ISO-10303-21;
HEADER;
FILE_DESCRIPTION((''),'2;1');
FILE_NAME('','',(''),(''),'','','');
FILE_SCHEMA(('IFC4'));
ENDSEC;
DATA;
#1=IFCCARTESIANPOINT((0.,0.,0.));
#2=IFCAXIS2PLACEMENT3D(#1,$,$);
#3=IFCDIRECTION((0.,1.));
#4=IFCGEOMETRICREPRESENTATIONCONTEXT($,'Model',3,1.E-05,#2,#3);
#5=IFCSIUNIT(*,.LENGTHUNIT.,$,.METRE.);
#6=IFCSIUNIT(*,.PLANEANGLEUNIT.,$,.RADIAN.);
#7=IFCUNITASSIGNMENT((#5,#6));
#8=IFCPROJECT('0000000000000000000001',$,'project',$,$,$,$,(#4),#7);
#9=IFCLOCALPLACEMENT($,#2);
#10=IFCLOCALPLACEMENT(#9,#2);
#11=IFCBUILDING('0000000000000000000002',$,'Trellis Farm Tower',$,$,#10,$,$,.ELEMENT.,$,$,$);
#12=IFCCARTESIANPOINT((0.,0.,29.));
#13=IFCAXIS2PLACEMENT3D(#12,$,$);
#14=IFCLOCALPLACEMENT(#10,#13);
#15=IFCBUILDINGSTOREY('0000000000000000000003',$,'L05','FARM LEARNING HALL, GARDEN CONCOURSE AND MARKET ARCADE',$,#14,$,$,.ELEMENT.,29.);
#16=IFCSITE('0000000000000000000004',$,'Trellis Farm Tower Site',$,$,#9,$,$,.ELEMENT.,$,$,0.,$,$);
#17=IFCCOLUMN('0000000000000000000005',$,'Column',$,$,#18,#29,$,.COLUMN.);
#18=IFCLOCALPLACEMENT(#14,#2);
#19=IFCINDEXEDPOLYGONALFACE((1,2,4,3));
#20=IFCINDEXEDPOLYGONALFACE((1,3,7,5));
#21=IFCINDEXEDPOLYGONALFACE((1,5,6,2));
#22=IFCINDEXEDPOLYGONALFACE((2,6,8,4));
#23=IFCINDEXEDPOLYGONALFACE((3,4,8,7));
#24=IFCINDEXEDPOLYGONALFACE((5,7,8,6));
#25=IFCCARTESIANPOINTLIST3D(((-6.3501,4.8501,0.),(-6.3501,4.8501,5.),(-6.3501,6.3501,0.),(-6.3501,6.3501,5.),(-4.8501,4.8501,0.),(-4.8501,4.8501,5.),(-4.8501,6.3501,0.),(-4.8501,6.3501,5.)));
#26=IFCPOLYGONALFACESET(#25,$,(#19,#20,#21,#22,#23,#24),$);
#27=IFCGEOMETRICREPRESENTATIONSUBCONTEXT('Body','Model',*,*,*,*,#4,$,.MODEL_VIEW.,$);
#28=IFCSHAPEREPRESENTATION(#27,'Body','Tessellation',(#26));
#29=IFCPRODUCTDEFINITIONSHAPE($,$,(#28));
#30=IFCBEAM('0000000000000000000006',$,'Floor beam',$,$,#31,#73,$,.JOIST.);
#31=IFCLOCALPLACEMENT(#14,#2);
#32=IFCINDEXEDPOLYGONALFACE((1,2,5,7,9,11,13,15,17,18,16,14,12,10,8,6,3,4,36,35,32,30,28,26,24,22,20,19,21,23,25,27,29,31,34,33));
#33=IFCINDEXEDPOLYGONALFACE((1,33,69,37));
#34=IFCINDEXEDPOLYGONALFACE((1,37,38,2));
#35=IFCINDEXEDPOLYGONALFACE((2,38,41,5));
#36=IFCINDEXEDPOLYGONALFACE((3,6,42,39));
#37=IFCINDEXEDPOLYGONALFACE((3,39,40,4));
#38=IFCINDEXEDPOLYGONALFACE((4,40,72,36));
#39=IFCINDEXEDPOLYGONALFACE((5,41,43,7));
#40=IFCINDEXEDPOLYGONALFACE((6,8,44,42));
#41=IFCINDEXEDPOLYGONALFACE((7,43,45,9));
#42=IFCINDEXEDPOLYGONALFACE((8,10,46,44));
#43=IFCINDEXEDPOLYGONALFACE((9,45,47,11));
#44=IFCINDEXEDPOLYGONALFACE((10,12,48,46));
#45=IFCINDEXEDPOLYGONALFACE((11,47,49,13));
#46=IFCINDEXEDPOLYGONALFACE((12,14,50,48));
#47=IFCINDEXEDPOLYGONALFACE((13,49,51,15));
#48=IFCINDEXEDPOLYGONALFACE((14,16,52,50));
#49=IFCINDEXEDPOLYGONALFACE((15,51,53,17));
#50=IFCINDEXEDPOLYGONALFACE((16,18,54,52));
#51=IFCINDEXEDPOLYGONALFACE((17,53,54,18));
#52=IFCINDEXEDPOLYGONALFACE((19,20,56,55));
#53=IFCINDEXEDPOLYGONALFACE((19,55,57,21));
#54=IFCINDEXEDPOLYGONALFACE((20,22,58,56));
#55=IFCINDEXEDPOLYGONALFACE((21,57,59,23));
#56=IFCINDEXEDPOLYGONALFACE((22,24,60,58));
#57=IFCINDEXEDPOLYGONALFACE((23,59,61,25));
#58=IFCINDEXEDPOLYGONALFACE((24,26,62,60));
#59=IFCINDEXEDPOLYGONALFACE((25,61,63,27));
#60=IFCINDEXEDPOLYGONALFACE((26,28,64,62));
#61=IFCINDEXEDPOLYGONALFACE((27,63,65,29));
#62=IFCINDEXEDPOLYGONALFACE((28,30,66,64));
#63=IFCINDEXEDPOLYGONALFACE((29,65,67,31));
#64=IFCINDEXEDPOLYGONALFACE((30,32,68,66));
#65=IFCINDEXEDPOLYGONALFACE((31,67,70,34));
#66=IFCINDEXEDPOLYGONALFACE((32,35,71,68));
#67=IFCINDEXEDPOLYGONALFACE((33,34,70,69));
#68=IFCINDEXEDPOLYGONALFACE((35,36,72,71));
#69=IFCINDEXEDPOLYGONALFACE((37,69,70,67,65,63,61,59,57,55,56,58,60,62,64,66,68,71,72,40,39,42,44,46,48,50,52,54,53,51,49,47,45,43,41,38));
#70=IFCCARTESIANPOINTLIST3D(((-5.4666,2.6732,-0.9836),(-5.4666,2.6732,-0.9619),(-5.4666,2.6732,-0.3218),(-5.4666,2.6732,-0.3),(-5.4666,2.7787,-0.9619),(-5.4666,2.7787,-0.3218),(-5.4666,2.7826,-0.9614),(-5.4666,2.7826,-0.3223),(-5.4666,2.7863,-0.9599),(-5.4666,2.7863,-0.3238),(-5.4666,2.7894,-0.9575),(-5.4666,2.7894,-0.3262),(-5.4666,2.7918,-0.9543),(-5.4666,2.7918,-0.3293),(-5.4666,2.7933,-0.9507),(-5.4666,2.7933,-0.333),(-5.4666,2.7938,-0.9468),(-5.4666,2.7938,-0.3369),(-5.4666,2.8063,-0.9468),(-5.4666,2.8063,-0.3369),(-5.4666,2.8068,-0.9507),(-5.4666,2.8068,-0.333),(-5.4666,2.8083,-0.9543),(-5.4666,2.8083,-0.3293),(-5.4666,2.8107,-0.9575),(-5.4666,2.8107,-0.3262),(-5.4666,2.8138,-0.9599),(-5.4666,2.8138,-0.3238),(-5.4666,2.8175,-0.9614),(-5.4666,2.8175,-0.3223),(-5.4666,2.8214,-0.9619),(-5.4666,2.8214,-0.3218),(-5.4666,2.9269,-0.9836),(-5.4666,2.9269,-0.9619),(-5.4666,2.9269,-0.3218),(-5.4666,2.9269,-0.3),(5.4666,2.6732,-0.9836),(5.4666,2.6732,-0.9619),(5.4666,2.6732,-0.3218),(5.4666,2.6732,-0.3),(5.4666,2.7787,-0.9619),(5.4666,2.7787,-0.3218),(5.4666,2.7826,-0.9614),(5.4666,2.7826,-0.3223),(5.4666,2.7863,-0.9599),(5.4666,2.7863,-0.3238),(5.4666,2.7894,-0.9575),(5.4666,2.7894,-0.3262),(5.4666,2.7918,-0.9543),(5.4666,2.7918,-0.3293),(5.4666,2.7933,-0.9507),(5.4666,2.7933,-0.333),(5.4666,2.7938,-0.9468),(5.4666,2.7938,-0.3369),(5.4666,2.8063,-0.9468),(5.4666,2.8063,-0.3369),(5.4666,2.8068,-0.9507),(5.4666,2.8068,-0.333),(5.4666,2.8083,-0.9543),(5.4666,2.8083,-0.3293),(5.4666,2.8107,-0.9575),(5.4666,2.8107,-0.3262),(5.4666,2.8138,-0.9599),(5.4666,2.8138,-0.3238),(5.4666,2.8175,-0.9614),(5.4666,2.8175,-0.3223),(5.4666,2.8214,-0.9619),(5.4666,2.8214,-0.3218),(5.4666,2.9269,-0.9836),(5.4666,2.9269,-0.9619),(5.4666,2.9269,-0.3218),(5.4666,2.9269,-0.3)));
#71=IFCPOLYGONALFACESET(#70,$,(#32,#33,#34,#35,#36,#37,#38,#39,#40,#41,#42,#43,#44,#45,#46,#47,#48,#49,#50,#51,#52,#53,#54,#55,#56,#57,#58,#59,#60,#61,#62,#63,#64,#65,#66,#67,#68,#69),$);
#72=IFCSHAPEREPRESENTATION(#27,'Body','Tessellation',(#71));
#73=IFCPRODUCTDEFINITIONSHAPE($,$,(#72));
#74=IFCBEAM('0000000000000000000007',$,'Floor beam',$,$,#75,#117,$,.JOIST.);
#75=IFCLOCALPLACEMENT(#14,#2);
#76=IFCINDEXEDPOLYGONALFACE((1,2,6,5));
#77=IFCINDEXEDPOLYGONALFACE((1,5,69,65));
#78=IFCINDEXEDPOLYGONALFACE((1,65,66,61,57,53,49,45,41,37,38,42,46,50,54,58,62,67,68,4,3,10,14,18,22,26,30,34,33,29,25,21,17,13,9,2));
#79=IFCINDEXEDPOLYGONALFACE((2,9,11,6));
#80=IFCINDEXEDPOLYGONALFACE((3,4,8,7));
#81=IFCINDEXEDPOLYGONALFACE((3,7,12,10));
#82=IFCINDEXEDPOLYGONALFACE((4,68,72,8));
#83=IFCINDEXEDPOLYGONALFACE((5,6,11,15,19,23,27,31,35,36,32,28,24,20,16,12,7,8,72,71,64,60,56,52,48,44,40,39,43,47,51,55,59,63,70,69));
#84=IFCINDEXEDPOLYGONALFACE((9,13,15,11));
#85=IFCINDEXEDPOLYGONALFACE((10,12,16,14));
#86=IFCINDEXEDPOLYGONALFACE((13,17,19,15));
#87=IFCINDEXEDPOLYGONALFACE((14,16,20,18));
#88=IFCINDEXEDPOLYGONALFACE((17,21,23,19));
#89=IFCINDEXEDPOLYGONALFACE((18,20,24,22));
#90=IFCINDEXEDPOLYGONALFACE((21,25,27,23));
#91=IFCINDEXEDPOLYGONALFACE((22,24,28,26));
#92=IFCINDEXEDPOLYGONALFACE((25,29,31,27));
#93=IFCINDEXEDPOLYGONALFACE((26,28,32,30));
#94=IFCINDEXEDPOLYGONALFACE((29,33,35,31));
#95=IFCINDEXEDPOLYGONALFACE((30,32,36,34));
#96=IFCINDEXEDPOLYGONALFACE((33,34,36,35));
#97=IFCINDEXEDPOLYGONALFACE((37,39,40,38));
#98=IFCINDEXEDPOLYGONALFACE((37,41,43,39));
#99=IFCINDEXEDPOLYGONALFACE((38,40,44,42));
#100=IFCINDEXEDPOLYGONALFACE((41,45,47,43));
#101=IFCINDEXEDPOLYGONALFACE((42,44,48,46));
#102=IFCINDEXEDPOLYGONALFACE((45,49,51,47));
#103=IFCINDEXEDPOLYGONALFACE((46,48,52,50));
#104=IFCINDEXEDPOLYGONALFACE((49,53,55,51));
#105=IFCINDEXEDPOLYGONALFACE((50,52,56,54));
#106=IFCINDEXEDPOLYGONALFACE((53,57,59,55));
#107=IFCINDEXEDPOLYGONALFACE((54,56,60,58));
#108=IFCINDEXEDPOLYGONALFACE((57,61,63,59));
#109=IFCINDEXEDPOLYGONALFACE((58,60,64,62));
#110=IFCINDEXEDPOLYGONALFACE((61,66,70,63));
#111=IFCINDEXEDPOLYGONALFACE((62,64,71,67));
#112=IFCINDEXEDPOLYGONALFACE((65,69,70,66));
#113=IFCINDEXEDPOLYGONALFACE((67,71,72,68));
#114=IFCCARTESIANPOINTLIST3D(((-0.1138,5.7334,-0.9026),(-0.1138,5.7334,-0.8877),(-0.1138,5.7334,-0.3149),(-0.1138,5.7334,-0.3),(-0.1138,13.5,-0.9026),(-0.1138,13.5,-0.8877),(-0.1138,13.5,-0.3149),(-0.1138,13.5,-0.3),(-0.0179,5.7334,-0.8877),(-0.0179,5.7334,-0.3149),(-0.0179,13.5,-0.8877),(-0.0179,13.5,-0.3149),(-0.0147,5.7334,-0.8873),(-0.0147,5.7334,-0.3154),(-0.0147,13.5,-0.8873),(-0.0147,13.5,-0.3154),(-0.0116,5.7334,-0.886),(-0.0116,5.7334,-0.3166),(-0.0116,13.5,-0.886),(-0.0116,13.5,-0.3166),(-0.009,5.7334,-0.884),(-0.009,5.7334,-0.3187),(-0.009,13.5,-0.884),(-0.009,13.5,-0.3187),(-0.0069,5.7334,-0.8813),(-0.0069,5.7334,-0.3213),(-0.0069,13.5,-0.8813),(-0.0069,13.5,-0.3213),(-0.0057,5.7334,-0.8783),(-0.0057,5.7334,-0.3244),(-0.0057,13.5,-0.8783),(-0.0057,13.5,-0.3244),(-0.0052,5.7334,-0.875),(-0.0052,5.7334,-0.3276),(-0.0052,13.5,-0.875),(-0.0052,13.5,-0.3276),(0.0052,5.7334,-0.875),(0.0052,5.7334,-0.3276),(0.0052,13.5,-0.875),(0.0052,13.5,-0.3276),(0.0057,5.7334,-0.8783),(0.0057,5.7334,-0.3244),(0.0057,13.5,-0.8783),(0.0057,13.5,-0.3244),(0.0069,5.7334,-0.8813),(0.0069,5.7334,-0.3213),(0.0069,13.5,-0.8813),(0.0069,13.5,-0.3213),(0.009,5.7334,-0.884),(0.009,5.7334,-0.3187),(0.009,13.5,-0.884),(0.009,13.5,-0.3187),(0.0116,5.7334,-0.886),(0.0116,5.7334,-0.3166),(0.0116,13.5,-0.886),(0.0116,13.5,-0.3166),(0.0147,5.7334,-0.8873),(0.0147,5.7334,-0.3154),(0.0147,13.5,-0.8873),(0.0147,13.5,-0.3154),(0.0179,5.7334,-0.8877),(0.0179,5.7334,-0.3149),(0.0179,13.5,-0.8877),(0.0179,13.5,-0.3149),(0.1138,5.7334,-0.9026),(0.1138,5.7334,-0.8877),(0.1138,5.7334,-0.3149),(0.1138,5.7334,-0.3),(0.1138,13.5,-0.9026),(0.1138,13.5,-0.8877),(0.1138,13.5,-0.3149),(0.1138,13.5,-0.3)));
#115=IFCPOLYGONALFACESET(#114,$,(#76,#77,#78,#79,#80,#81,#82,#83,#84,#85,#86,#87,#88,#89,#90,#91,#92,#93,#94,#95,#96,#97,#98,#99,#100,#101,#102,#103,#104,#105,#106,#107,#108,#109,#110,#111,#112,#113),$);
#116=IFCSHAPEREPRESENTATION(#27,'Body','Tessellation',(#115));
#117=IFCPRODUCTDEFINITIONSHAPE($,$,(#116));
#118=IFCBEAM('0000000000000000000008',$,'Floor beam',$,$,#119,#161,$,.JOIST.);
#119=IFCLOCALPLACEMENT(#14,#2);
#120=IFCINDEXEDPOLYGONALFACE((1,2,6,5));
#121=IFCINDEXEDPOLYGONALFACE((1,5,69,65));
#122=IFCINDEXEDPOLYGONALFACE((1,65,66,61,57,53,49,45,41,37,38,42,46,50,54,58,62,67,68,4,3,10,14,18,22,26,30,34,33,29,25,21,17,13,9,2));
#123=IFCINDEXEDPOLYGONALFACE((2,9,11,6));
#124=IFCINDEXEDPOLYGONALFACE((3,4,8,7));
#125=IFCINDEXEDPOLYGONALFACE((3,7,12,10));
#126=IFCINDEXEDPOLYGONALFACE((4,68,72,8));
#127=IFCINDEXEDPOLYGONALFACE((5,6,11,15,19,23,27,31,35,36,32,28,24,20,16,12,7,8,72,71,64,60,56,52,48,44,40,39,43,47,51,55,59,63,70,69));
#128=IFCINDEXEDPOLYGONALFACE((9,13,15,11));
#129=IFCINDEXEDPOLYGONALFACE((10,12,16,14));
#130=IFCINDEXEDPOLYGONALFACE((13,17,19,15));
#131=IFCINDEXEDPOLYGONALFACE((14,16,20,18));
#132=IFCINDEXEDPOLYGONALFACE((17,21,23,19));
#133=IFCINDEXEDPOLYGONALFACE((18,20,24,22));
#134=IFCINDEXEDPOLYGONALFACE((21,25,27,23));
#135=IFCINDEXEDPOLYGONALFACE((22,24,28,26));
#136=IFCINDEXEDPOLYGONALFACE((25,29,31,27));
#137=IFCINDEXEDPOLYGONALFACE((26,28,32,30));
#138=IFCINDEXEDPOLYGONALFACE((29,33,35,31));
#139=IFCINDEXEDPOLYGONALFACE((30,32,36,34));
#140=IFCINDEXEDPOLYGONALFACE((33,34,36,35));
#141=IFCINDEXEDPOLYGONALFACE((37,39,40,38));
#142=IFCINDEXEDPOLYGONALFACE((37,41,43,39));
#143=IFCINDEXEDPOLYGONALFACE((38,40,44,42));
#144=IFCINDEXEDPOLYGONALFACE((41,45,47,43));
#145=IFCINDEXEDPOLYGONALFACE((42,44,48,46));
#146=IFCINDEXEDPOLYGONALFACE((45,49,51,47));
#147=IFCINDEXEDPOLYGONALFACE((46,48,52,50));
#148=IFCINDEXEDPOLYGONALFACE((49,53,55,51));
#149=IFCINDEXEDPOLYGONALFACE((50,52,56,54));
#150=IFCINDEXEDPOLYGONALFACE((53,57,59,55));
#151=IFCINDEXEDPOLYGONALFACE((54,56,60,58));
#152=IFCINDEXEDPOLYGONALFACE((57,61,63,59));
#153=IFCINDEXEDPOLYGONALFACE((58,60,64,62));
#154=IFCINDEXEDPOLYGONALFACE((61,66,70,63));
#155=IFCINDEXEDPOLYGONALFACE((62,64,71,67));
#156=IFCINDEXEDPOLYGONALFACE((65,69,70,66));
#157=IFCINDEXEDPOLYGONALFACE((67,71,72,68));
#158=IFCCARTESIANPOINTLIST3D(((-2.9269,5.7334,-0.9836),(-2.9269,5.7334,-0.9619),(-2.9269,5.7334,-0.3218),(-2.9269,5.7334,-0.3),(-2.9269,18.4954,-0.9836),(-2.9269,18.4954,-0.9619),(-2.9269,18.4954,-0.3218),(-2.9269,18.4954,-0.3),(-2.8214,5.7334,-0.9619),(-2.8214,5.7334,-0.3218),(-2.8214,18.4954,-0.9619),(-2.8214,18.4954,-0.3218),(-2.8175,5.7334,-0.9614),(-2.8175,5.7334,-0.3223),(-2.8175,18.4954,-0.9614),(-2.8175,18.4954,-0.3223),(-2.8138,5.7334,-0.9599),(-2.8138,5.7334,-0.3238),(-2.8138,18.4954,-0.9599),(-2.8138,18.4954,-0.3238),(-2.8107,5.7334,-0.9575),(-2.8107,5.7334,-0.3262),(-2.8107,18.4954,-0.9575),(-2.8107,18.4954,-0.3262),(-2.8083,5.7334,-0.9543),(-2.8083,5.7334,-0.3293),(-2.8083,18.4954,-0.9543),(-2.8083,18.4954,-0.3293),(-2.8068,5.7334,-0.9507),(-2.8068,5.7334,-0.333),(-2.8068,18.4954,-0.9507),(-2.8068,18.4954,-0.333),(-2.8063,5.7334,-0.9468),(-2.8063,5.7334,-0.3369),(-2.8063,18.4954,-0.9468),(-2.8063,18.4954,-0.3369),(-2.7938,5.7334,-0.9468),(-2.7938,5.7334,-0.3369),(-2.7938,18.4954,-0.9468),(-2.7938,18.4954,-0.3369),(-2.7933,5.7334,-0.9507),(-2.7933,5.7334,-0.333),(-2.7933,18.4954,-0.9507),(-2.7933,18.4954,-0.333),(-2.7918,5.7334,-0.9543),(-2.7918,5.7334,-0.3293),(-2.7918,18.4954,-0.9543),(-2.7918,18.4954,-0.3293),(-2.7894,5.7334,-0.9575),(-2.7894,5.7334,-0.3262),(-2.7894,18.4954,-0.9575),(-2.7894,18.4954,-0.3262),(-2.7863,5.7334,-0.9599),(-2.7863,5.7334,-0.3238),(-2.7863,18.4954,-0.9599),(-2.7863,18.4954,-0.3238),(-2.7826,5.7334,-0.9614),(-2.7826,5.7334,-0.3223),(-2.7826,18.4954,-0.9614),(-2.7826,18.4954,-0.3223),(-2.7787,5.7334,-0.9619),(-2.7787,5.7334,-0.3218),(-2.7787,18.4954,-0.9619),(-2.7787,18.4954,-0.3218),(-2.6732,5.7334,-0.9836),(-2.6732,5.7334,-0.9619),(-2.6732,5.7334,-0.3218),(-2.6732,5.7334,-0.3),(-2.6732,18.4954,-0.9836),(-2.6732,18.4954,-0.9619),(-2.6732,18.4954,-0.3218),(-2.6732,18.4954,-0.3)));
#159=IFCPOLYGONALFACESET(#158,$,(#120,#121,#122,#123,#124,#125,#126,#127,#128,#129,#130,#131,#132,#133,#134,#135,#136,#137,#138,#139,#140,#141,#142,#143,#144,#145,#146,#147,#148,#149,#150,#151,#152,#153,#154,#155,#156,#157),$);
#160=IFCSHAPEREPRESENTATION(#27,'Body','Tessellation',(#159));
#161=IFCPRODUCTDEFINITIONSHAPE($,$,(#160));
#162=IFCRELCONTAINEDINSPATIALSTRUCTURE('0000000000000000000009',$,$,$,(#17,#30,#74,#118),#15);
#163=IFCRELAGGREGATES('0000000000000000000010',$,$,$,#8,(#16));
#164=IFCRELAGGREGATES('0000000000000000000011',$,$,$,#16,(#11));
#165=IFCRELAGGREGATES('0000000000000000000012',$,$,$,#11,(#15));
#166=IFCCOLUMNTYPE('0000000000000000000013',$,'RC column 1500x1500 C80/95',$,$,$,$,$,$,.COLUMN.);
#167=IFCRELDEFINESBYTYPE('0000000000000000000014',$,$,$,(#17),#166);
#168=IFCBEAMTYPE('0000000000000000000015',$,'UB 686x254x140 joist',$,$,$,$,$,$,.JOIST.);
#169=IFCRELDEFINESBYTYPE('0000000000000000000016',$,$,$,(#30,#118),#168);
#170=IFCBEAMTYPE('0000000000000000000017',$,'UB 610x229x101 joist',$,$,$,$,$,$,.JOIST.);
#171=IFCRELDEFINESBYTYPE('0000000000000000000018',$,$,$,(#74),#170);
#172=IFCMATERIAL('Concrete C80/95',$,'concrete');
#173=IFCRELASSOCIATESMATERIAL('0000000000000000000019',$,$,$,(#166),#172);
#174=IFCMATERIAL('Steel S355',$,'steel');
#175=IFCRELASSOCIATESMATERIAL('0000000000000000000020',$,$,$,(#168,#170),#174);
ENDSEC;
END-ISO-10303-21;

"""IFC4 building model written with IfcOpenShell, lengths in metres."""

from ifc_helpers import new_model, si_unit, direction, frame, origin, origin_2d, place, context, subcontext, project, spatial, rectangle, i_section, extrude, source, transform, mapped, material, material_profile, profile_set, type_object, element, save


model = new_model("IFC4")

# Units and contexts
model_context = context("Model", 3, precision=1e-05, world=origin(), true_north=direction((0.0, 1.0)))
body_context = subcontext(model_context, "Body", "Model", "MODEL_VIEW")
ifc_project = project(units=[si_unit("LENGTHUNIT", "METRE"), si_unit("PLANEANGLEUNIT", "RADIAN")], contexts=[model_context])

# Site, building, storey
site_placement = place(None, origin())
site = spatial("IfcSite", under=ifc_project, at=site_placement, Name="Trellis Farm Tower Site", CompositionType="ELEMENT", RefElevation=0.0)
building_placement = place(site_placement, origin())
building = spatial("IfcBuilding", under=site, at=building_placement, Name="Trellis Farm Tower", CompositionType="ELEMENT")
storey_placement = place(building_placement, frame((0.0, 0.0, 29.0)))
storey = spatial("IfcBuildingStorey", under=building, at=storey_placement, Name="L05", Description="FARM LEARNING HALL, GARDEN CONCOURSE AND MARKET ARCADE", CompositionType="ELEMENT", Elevation=29.0)

# Column
ifc_material_1 = material(Name="Concrete C80/95", Category="concrete")
ifc_material_profile_1 = material_profile(ifc_material_1, rectangle(XDim=1.5, YDim=1.5, at=origin_2d()), Name="RC column 1500x1500 C80/95")
ifc_profile_set_1 = profile_set([ifc_material_profile_1], Name="Concrete C80/95")
column_type = type_object("IfcColumnType", Name="RC column 1500x1500 C80/95", PredefinedType="COLUMN", material=ifc_profile_set_1)
shared_shape_1 = source(origin(), body_context, "Body", "SweptSolid", [
    extrude(rectangle(XDim=1.5, YDim=1.5, at=origin_2d()), origin(), (0.0, 0.0, 1.0), 5.0),
])
column_placement = place(storey_placement, frame((-5.6001, 5.6001, 0.0), z_axis=(0.0, 0.0, 1.0), x_axis=(1.0, 0.0, 0.0)))
element("IfcColumn", 1, at=column_placement, inside=storey, type_object=column_type, Name="Column", PredefinedType="COLUMN", context=body_context, shape_type="MappedRepresentation", body=[
    mapped(shared_shape_1, transform((0.0, 0.0, 0.0))),
])

# Beams
ifc_material_2 = material(Name="Steel S355", Category="steel")
ifc_material_profile_2 = material_profile(ifc_material_2, i_section(OverallWidth=0.2537, OverallDepth=0.6836, WebThickness=0.0125, FlangeThickness=0.0217, FilletRadius=0.0151, at=origin_2d()), Name="UB 686x254x140")
ifc_profile_set_2 = profile_set([ifc_material_profile_2], Name="Steel S355")
beam_type_1 = type_object("IfcBeamType", Name="UB 686x254x140 joist", PredefinedType="JOIST", material=ifc_profile_set_2)
shared_shape_2 = source(origin(), body_context, "Body", "SweptSolid", [
    extrude(i_section(OverallWidth=0.2537, OverallDepth=0.6836, WebThickness=0.0125, FlangeThickness=0.0217, FilletRadius=0.0151, at=origin_2d()), origin(), (0.0, 0.0, 1.0), 10.9331),
])
beam_1_placement = place(storey_placement, frame((-5.4666, 2.8, -0.6418), z_axis=(1.0, 0.0, 0.0), x_axis=(0.0, 1.0, 0.0)))
element("IfcBeam", 2, at=beam_1_placement, inside=storey, type_object=beam_type_1, Name="Floor beam", PredefinedType="JOIST", context=body_context, shape_type="MappedRepresentation", body=[
    mapped(shared_shape_2, transform((0.0, 0.0, 0.0))),
])
ifc_material_profile_3 = material_profile(ifc_material_2, i_section(OverallWidth=0.2275, OverallDepth=0.6025, WebThickness=0.0105, FlangeThickness=0.0149, FilletRadius=0.0127, at=origin_2d()), Name="UB 610x229x101")
ifc_profile_set_3 = profile_set([ifc_material_profile_3], Name="Steel S355")
beam_type_2 = type_object("IfcBeamType", Name="UB 610x229x101 joist", PredefinedType="JOIST", material=ifc_profile_set_3)
shared_shape_3 = source(origin(), body_context, "Body", "SweptSolid", [
    extrude(i_section(OverallWidth=0.2275, OverallDepth=0.6025, WebThickness=0.0105, FlangeThickness=0.0149, FilletRadius=0.0127, at=origin_2d()), origin(), (0.0, 0.0, 1.0), 7.7666),
])
beam_2_placement = place(storey_placement, frame((0.0, 5.7334, -0.6013), z_axis=(0.0, 1.0, 0.0), x_axis=(-1.0, 0.0, 0.0)))
element("IfcBeam", 3, at=beam_2_placement, inside=storey, type_object=beam_type_2, Name="Floor beam", PredefinedType="JOIST", context=body_context, shape_type="MappedRepresentation", body=[
    mapped(shared_shape_3, transform((0.0, 0.0, 0.0))),
])
shared_shape_4 = source(origin(), body_context, "Body", "SweptSolid", [
    extrude(i_section(OverallWidth=0.2537, OverallDepth=0.6836, WebThickness=0.0125, FlangeThickness=0.0217, FilletRadius=0.0151, at=origin_2d()), origin(), (0.0, 0.0, 1.0), 12.762),
])
beam_3_placement = place(storey_placement, frame((-2.8, 5.7334, -0.6418), z_axis=(0.0, 1.0, 0.0), x_axis=(-1.0, 0.0, 0.0)))
element("IfcBeam", 4, at=beam_3_placement, inside=storey, type_object=beam_type_1, Name="Floor beam", PredefinedType="JOIST", context=body_context, shape_type="MappedRepresentation", body=[
    mapped(shared_shape_4, transform((0.0, 0.0, 0.0))),
])

save(model, "model.ifc")
